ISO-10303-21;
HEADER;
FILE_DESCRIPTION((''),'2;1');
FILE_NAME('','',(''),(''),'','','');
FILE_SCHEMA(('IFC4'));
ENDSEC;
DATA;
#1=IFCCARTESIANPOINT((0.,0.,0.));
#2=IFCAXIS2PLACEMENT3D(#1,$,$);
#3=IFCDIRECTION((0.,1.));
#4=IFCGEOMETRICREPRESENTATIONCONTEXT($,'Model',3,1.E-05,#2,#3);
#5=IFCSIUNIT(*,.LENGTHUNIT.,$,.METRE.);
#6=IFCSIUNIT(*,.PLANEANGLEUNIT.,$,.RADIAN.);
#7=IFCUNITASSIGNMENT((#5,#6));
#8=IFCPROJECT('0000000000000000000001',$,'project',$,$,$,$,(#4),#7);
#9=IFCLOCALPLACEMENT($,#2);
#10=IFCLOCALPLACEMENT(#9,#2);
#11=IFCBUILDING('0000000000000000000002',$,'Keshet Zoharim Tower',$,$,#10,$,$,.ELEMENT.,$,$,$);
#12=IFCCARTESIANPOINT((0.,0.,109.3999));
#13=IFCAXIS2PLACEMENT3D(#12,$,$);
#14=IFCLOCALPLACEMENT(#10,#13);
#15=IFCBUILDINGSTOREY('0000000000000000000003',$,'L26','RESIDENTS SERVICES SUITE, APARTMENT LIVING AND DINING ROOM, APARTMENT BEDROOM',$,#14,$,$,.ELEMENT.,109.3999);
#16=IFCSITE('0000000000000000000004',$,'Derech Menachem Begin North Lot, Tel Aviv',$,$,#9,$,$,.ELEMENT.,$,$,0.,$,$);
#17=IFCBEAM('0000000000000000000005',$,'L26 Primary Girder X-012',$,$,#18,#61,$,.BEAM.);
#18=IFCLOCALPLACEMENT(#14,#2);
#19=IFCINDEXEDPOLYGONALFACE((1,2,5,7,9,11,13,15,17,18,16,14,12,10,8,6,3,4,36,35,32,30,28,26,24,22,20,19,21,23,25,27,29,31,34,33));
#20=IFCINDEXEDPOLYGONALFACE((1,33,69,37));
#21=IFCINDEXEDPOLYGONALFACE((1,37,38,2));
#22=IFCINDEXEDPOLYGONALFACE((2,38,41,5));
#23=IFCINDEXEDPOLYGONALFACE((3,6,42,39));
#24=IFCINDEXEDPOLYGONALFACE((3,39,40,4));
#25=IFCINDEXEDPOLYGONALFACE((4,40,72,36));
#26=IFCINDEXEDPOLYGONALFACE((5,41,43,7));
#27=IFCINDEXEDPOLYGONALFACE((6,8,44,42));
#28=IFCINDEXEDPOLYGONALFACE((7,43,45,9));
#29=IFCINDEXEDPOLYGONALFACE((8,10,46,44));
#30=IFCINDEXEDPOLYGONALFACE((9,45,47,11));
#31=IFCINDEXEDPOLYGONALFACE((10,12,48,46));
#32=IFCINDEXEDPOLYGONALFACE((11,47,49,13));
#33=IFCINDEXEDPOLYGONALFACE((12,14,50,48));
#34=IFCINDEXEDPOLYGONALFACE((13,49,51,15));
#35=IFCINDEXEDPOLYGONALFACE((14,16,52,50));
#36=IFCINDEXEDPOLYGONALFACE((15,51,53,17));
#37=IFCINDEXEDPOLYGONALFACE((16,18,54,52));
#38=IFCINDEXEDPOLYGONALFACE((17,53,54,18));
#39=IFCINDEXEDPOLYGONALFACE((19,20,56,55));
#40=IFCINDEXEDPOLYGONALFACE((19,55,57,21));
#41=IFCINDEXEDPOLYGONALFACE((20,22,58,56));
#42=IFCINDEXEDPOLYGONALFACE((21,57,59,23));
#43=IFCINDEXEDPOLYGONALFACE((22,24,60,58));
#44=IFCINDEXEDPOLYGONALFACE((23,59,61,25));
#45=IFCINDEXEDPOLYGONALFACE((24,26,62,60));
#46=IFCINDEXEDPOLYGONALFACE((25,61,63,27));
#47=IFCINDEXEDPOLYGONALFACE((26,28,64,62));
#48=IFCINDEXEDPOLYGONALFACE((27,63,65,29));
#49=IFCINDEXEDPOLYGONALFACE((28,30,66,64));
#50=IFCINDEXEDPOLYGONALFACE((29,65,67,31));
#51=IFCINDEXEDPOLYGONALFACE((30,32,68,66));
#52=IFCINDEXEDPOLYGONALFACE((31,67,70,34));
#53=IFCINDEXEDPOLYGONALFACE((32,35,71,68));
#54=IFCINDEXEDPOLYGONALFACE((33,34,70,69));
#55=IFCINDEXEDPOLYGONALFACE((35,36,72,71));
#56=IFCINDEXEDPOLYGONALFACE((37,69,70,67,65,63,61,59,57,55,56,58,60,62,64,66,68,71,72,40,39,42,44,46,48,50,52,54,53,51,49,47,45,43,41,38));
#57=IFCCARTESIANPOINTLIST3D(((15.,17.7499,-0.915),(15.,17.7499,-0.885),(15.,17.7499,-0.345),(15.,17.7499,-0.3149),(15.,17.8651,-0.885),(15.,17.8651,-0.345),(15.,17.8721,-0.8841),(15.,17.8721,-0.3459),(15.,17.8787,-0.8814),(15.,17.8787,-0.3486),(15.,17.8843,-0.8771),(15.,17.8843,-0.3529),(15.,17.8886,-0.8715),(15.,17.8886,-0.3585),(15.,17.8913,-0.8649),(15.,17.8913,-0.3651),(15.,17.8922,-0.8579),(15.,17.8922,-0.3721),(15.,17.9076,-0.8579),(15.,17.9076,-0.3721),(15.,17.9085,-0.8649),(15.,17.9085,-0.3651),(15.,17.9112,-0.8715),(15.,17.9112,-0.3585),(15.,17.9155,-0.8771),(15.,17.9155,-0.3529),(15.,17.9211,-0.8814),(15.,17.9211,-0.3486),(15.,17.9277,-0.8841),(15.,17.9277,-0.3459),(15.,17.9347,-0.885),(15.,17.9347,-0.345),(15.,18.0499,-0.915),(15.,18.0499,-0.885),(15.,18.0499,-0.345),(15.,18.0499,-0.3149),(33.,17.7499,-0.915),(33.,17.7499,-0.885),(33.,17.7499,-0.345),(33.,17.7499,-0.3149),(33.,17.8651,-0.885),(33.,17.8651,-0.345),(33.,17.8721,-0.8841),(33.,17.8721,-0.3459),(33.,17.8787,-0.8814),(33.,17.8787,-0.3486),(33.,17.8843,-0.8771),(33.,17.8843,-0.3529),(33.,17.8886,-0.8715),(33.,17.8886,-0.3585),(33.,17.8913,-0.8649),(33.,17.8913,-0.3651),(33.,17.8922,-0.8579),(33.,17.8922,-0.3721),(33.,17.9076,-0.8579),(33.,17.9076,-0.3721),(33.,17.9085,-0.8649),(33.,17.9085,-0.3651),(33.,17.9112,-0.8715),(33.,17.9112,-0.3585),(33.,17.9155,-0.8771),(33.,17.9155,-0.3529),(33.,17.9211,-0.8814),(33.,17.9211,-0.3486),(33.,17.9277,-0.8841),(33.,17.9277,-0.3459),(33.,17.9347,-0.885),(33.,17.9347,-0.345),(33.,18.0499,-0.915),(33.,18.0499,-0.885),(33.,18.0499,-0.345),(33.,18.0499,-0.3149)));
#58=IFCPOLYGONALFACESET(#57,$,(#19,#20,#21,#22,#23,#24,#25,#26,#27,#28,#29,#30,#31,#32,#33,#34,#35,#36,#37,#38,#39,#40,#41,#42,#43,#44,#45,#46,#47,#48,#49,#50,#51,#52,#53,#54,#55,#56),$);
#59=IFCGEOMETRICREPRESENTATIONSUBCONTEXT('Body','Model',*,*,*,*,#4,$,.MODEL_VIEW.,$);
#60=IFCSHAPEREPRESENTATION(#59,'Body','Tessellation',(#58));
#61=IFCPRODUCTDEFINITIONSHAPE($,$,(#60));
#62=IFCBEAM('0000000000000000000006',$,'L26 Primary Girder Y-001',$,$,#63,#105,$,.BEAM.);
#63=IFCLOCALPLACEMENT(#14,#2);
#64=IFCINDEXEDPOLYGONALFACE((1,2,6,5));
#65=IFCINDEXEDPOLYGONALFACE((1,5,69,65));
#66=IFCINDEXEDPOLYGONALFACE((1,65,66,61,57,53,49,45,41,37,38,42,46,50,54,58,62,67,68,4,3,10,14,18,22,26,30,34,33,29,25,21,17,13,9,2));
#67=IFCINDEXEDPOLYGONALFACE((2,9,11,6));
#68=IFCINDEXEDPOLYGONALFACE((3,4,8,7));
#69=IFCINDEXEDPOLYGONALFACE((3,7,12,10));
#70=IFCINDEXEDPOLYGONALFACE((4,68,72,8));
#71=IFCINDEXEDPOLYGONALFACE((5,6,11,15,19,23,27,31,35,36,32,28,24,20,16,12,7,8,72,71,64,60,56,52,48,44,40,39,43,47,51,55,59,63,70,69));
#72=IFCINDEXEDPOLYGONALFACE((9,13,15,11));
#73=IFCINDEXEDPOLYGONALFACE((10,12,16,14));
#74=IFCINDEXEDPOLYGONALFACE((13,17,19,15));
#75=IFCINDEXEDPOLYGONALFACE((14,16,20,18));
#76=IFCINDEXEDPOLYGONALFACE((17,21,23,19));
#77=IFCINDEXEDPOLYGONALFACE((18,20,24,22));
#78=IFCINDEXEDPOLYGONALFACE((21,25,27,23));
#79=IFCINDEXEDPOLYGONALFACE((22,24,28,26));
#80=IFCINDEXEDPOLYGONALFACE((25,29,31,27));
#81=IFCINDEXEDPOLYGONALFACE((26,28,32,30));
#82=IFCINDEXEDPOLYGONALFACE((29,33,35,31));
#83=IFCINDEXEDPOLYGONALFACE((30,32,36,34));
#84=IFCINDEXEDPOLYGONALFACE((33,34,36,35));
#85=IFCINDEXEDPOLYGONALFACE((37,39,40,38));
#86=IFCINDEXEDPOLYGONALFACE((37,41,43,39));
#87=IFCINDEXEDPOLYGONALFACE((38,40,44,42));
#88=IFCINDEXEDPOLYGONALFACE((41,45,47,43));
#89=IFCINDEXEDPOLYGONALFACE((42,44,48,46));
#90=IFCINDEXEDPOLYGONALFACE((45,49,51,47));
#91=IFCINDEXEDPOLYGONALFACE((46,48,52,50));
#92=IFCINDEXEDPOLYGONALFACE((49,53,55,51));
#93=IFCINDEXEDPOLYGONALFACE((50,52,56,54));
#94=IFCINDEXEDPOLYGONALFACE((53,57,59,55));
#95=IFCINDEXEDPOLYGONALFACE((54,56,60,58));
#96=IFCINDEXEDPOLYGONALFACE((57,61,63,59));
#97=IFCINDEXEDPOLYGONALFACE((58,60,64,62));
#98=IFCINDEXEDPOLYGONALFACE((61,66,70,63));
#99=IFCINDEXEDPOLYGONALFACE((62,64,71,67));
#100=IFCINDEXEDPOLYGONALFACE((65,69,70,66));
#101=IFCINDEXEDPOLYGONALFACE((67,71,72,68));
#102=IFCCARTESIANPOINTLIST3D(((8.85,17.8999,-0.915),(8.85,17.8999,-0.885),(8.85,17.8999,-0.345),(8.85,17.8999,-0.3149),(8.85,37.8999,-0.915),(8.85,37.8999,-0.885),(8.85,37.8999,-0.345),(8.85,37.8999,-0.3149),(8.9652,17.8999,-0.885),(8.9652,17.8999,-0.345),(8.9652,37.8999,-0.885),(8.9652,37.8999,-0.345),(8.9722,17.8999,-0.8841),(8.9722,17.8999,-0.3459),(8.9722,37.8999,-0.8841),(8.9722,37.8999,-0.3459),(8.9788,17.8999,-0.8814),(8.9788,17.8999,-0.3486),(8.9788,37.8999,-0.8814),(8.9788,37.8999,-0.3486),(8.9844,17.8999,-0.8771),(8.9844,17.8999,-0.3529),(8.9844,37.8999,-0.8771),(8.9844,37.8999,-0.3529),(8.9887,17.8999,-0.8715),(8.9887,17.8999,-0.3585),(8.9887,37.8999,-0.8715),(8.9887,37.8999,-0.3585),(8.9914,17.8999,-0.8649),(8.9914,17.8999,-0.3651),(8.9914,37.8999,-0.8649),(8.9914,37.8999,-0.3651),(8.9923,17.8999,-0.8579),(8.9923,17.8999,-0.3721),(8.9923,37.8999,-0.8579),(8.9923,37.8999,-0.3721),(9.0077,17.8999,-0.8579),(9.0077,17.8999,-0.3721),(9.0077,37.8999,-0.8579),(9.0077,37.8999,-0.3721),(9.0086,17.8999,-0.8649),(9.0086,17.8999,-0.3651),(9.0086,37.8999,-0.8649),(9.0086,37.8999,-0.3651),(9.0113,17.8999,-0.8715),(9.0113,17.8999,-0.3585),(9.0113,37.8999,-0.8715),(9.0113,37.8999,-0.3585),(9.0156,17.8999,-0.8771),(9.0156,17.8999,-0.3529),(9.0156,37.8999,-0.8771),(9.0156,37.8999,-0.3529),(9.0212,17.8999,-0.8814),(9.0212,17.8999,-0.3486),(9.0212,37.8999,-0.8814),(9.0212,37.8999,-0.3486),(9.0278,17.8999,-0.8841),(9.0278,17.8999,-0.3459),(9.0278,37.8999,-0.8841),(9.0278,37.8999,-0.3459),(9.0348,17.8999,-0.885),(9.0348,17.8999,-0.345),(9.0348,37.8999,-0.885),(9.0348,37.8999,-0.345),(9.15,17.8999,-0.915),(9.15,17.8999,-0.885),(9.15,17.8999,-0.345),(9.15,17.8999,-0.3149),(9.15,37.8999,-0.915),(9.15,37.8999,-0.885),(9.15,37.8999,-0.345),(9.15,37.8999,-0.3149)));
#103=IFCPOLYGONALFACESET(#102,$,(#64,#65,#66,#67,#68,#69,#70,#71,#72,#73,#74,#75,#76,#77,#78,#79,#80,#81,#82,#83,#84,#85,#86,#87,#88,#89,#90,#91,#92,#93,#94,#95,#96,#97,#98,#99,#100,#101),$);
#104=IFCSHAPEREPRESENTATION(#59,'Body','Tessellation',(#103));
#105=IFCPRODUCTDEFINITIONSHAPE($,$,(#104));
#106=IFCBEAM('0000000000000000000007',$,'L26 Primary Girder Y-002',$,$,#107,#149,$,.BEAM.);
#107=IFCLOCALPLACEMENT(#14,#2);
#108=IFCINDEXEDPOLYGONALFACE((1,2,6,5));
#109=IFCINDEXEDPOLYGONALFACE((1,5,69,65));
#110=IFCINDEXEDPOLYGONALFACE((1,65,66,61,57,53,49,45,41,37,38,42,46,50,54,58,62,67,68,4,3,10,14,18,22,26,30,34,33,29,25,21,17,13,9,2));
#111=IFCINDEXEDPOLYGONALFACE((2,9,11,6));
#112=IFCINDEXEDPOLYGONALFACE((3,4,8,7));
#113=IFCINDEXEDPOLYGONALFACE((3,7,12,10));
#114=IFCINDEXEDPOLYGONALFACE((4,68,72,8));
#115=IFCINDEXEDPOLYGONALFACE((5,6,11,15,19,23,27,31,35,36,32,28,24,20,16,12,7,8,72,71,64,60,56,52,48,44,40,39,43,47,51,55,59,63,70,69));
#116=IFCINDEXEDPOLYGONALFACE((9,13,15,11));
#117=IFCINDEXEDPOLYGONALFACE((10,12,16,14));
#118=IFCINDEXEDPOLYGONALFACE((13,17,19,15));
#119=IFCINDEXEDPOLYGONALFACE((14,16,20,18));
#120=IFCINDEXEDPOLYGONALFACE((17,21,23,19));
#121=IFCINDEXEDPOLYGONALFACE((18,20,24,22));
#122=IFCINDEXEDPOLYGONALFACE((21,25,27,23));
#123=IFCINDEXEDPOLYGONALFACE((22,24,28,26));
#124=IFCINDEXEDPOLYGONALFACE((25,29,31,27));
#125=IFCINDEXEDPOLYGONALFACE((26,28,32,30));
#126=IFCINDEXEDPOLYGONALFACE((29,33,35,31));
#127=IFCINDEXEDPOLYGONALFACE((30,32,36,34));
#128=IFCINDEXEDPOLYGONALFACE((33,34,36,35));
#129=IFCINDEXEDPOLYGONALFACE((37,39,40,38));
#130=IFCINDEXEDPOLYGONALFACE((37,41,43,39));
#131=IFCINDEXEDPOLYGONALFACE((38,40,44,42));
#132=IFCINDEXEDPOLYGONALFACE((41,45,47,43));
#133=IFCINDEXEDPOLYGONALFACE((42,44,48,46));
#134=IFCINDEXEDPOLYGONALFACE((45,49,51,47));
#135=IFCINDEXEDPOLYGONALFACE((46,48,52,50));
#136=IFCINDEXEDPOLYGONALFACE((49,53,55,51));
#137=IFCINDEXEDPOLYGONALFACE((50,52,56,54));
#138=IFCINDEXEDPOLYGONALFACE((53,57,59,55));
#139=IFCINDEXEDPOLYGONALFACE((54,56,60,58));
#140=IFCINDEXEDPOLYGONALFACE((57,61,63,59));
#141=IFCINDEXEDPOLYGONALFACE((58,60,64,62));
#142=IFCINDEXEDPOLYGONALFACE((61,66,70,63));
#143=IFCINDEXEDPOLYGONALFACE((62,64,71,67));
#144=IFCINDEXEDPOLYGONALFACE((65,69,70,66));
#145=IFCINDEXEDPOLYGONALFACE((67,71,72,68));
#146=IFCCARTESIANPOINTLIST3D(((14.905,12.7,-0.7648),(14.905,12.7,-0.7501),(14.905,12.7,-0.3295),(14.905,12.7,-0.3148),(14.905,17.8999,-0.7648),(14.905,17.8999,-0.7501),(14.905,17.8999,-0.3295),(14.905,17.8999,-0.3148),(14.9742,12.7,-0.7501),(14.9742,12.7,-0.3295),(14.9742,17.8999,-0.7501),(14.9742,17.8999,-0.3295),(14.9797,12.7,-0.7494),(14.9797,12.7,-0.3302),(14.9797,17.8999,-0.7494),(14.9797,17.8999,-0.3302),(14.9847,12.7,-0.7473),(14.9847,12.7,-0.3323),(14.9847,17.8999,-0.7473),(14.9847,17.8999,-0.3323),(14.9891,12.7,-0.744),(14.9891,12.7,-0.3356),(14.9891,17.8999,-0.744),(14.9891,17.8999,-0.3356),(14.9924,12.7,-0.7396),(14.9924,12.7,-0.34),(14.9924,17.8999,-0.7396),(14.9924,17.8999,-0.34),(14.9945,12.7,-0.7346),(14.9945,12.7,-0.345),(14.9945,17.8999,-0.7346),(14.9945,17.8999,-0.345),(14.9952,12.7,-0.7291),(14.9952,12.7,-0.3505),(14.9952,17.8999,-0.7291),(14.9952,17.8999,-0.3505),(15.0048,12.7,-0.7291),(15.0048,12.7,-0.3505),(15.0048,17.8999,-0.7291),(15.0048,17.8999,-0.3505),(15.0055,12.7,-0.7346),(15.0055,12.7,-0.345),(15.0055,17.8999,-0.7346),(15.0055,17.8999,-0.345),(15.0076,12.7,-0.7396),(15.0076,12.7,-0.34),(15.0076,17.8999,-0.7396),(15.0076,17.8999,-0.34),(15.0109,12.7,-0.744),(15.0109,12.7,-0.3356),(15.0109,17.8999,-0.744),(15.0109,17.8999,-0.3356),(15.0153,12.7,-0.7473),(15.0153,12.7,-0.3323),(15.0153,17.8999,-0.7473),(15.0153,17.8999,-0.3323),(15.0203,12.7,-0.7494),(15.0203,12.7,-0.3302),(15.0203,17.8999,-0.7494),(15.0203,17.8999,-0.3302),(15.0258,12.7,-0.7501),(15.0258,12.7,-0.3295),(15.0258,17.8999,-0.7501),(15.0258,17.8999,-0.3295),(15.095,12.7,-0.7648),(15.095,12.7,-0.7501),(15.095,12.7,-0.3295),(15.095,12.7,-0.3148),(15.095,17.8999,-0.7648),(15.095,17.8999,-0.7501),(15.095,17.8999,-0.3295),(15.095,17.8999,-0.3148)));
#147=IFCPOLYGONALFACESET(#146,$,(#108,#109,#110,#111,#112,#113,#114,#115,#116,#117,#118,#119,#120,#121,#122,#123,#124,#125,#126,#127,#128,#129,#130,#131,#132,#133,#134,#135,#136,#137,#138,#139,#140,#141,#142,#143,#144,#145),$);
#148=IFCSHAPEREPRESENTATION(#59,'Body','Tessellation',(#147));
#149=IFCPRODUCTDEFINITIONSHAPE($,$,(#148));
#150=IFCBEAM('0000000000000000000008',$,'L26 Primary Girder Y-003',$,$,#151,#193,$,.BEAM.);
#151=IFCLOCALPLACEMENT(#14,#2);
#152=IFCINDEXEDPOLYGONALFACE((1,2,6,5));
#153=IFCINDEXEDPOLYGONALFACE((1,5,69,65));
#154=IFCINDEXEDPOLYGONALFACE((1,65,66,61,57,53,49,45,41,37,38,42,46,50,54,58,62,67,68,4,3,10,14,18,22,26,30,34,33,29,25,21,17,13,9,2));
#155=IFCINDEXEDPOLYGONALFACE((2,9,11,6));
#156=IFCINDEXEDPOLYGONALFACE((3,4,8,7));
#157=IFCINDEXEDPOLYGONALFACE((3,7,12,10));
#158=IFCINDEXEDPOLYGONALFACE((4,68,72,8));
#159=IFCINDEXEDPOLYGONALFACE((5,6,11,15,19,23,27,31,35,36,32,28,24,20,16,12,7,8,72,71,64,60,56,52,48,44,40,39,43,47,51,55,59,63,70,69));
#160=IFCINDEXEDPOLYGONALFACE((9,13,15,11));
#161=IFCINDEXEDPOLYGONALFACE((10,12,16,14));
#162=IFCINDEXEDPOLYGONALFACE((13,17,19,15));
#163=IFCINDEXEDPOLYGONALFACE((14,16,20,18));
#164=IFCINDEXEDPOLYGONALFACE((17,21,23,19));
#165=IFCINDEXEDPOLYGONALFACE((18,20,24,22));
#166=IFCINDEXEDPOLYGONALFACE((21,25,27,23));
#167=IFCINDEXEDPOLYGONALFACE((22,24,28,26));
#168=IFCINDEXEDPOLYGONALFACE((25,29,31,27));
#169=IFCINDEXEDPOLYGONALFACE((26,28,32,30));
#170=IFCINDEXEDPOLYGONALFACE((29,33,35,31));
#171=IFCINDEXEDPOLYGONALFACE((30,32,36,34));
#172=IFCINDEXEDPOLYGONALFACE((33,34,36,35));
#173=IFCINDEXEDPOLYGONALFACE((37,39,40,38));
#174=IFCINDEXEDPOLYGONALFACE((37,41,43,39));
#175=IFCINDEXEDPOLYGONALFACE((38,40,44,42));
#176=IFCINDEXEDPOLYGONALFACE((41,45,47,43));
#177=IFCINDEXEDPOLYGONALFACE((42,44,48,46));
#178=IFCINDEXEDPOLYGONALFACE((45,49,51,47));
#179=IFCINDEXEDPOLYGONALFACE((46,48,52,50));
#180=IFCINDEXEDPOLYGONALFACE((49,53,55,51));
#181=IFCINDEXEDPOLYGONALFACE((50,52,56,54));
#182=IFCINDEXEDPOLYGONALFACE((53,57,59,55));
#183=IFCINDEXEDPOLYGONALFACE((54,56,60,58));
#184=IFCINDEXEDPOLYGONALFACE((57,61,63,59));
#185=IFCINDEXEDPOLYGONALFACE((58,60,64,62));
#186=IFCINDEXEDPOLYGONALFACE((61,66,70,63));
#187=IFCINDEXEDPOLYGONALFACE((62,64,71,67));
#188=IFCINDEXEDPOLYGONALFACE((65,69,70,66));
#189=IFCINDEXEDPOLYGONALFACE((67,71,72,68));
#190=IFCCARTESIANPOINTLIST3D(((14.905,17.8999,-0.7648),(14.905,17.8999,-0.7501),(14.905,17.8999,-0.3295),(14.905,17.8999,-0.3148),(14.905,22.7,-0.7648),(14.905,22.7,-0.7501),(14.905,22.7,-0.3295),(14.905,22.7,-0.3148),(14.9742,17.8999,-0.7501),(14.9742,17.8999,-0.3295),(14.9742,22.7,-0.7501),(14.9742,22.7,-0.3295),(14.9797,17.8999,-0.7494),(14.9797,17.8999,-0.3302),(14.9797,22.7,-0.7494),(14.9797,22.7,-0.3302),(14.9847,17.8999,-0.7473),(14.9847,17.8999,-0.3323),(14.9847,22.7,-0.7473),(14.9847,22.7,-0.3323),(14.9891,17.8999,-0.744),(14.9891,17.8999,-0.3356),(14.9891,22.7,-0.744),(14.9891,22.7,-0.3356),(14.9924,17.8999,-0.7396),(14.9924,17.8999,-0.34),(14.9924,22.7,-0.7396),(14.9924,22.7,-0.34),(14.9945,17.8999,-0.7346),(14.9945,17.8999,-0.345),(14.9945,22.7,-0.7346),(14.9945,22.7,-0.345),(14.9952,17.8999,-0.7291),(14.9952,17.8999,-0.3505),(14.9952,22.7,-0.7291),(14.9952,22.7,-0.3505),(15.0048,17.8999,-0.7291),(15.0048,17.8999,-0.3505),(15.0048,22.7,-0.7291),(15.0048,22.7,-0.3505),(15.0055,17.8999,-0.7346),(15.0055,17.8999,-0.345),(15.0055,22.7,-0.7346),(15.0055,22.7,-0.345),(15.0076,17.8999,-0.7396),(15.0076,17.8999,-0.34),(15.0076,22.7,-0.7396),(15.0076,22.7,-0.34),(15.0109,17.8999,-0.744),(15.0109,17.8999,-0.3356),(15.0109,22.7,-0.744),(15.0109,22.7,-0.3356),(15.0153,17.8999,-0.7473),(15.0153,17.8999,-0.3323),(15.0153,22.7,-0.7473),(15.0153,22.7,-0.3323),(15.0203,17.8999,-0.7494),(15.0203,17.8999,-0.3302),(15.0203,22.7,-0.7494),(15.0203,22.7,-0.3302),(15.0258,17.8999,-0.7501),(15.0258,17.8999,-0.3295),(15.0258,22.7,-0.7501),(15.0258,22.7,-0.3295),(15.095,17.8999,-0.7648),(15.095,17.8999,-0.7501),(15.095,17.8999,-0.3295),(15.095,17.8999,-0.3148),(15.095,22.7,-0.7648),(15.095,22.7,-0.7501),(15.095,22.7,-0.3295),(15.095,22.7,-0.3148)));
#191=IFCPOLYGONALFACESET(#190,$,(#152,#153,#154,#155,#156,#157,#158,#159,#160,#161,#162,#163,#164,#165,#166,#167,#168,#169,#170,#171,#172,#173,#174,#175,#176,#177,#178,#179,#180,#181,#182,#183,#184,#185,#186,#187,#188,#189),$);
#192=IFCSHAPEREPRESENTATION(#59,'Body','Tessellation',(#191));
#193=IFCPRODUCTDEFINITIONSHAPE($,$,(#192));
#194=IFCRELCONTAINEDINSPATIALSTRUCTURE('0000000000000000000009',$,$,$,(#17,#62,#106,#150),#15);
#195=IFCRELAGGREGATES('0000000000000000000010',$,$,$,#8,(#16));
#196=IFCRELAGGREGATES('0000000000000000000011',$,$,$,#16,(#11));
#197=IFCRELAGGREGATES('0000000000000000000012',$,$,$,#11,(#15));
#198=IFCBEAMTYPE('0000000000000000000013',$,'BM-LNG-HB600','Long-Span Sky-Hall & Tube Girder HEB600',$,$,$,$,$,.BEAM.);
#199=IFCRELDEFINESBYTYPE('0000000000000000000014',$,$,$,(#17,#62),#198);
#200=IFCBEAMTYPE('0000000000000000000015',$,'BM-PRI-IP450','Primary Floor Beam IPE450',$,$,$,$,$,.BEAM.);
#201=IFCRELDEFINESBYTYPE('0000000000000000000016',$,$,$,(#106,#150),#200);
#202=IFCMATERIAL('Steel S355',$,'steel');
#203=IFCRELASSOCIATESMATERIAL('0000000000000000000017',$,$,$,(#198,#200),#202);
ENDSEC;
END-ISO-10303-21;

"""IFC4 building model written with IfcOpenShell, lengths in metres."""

from ifc_helpers import new_model, si_unit, direction, frame, origin, origin_2d, place, context, subcontext, project, spatial, i_section, extrude, material, material_profile, profile_set, type_object, element, save


model = new_model("IFC4")

# Units and contexts
model_context = context("Model", 3, precision=1e-05, world=origin(), true_north=direction((0.0, 1.0)))
body_context = subcontext(model_context, "Body", "Model", "MODEL_VIEW")
ifc_project = project(units=[si_unit("LENGTHUNIT", "METRE"), si_unit("PLANEANGLEUNIT", "RADIAN")], contexts=[model_context])

# Site, building, storey
site_placement = place(None, origin())
site = spatial("IfcSite", under=ifc_project, at=site_placement, Name="Derech Menachem Begin North Lot, Tel Aviv", CompositionType="ELEMENT", RefElevation=0.0)
building_placement = place(site_placement, origin())
building = spatial("IfcBuilding", under=site, at=building_placement, Name="Keshet Zoharim Tower", CompositionType="ELEMENT")
storey_placement = place(building_placement, frame((0.0, 0.0, 109.3999)))
storey = spatial("IfcBuildingStorey", under=building, at=storey_placement, Name="L26", Description="RESIDENTS SERVICES SUITE, APARTMENT LIVING AND DINING ROOM, APARTMENT BEDROOM", CompositionType="ELEMENT", Elevation=109.3999)

# Shared definitions
ifc_material_1 = material(Name="Steel S355", Category="steel")

# Beams
ifc_material_profile_1 = material_profile(ifc_material_1, i_section(OverallWidth=0.3, OverallDepth=0.6001, WebThickness=0.0154, FlangeThickness=0.03, FilletRadius=0.0271, at=origin_2d()), Name="HEB600")
ifc_profile_set_1 = profile_set([ifc_material_profile_1], Name="Steel S355")
beam_type_1 = type_object("IfcBeamType", Name="BM-LNG-HB600", Description="Long-Span Sky-Hall & Tube Girder HEB600", PredefinedType="BEAM", material=ifc_profile_set_1)
for number, where, z_axis, x_axis, name in (
    (1, (15.0, 17.8999, -0.615), (1.0, 0.0, 0.0), (0.0, 1.0, 0.0), "L26 Primary Girder X-012"),
):
    element("IfcBeam", number, at=place(storey_placement, frame(where, z_axis=z_axis, x_axis=x_axis)), inside=storey, type_object=beam_type_1, Name=name, PredefinedType="BEAM", context=body_context, shape_type="SweptSolid", body=[
        extrude(i_section(OverallWidth=0.3, OverallDepth=0.6001, WebThickness=0.0154, FlangeThickness=0.03, FilletRadius=0.0271, at=origin_2d()), origin(), (0.0, 0.0, 1.0), 18.0),
    ])
beam_1_placement = place(storey_placement, frame((9.0, 17.8999, -0.615), z_axis=(0.0, 1.0, 0.0), x_axis=(-1.0, 0.0, 0.0)))
element("IfcBeam", 2, at=beam_1_placement, inside=storey, type_object=beam_type_1, Name="L26 Primary Girder Y-001", PredefinedType="BEAM", context=body_context, shape_type="SweptSolid", body=[
    extrude(i_section(OverallWidth=0.3, OverallDepth=0.6001, WebThickness=0.0154, FlangeThickness=0.03, FilletRadius=0.0271, at=origin_2d()), origin(), (0.0, 0.0, 1.0), 20.0),
])
ifc_material_profile_2 = material_profile(ifc_material_1, i_section(OverallWidth=0.1899, OverallDepth=0.45, WebThickness=0.0095, FlangeThickness=0.0146, FilletRadius=0.021, at=origin_2d()), Name="IPE450")
ifc_profile_set_2 = profile_set([ifc_material_profile_2], Name="Steel S355")
beam_type_2 = type_object("IfcBeamType", Name="BM-PRI-IP450", Description="Primary Floor Beam IPE450", PredefinedType="BEAM", material=ifc_profile_set_2)
beam_2_placement = place(storey_placement, frame((15.0, 12.7, -0.5398), z_axis=(0.0, 1.0, 0.0), x_axis=(-1.0, 0.0, 0.0)))
element("IfcBeam", 3, at=beam_2_placement, inside=storey, type_object=beam_type_2, Name="L26 Primary Girder Y-002", PredefinedType="BEAM", context=body_context, shape_type="SweptSolid", body=[
    extrude(i_section(OverallWidth=0.1899, OverallDepth=0.45, WebThickness=0.0095, FlangeThickness=0.0146, FilletRadius=0.021, at=origin_2d()), origin(), (0.0, 0.0, 1.0), 5.2),
])
beam_3_placement = place(storey_placement, frame((15.0, 17.8999, -0.5398), z_axis=(0.0, 1.0, 0.0), x_axis=(-1.0, 0.0, 0.0)))
element("IfcBeam", 4, at=beam_3_placement, inside=storey, type_object=beam_type_2, Name="L26 Primary Girder Y-003", PredefinedType="BEAM", context=body_context, shape_type="SweptSolid", body=[
    extrude(i_section(OverallWidth=0.1899, OverallDepth=0.45, WebThickness=0.0095, FlangeThickness=0.0146, FilletRadius=0.021, at=origin_2d()), origin(), (0.0, 0.0, 1.0), 4.8),
])

save(model, "model.ifc")
